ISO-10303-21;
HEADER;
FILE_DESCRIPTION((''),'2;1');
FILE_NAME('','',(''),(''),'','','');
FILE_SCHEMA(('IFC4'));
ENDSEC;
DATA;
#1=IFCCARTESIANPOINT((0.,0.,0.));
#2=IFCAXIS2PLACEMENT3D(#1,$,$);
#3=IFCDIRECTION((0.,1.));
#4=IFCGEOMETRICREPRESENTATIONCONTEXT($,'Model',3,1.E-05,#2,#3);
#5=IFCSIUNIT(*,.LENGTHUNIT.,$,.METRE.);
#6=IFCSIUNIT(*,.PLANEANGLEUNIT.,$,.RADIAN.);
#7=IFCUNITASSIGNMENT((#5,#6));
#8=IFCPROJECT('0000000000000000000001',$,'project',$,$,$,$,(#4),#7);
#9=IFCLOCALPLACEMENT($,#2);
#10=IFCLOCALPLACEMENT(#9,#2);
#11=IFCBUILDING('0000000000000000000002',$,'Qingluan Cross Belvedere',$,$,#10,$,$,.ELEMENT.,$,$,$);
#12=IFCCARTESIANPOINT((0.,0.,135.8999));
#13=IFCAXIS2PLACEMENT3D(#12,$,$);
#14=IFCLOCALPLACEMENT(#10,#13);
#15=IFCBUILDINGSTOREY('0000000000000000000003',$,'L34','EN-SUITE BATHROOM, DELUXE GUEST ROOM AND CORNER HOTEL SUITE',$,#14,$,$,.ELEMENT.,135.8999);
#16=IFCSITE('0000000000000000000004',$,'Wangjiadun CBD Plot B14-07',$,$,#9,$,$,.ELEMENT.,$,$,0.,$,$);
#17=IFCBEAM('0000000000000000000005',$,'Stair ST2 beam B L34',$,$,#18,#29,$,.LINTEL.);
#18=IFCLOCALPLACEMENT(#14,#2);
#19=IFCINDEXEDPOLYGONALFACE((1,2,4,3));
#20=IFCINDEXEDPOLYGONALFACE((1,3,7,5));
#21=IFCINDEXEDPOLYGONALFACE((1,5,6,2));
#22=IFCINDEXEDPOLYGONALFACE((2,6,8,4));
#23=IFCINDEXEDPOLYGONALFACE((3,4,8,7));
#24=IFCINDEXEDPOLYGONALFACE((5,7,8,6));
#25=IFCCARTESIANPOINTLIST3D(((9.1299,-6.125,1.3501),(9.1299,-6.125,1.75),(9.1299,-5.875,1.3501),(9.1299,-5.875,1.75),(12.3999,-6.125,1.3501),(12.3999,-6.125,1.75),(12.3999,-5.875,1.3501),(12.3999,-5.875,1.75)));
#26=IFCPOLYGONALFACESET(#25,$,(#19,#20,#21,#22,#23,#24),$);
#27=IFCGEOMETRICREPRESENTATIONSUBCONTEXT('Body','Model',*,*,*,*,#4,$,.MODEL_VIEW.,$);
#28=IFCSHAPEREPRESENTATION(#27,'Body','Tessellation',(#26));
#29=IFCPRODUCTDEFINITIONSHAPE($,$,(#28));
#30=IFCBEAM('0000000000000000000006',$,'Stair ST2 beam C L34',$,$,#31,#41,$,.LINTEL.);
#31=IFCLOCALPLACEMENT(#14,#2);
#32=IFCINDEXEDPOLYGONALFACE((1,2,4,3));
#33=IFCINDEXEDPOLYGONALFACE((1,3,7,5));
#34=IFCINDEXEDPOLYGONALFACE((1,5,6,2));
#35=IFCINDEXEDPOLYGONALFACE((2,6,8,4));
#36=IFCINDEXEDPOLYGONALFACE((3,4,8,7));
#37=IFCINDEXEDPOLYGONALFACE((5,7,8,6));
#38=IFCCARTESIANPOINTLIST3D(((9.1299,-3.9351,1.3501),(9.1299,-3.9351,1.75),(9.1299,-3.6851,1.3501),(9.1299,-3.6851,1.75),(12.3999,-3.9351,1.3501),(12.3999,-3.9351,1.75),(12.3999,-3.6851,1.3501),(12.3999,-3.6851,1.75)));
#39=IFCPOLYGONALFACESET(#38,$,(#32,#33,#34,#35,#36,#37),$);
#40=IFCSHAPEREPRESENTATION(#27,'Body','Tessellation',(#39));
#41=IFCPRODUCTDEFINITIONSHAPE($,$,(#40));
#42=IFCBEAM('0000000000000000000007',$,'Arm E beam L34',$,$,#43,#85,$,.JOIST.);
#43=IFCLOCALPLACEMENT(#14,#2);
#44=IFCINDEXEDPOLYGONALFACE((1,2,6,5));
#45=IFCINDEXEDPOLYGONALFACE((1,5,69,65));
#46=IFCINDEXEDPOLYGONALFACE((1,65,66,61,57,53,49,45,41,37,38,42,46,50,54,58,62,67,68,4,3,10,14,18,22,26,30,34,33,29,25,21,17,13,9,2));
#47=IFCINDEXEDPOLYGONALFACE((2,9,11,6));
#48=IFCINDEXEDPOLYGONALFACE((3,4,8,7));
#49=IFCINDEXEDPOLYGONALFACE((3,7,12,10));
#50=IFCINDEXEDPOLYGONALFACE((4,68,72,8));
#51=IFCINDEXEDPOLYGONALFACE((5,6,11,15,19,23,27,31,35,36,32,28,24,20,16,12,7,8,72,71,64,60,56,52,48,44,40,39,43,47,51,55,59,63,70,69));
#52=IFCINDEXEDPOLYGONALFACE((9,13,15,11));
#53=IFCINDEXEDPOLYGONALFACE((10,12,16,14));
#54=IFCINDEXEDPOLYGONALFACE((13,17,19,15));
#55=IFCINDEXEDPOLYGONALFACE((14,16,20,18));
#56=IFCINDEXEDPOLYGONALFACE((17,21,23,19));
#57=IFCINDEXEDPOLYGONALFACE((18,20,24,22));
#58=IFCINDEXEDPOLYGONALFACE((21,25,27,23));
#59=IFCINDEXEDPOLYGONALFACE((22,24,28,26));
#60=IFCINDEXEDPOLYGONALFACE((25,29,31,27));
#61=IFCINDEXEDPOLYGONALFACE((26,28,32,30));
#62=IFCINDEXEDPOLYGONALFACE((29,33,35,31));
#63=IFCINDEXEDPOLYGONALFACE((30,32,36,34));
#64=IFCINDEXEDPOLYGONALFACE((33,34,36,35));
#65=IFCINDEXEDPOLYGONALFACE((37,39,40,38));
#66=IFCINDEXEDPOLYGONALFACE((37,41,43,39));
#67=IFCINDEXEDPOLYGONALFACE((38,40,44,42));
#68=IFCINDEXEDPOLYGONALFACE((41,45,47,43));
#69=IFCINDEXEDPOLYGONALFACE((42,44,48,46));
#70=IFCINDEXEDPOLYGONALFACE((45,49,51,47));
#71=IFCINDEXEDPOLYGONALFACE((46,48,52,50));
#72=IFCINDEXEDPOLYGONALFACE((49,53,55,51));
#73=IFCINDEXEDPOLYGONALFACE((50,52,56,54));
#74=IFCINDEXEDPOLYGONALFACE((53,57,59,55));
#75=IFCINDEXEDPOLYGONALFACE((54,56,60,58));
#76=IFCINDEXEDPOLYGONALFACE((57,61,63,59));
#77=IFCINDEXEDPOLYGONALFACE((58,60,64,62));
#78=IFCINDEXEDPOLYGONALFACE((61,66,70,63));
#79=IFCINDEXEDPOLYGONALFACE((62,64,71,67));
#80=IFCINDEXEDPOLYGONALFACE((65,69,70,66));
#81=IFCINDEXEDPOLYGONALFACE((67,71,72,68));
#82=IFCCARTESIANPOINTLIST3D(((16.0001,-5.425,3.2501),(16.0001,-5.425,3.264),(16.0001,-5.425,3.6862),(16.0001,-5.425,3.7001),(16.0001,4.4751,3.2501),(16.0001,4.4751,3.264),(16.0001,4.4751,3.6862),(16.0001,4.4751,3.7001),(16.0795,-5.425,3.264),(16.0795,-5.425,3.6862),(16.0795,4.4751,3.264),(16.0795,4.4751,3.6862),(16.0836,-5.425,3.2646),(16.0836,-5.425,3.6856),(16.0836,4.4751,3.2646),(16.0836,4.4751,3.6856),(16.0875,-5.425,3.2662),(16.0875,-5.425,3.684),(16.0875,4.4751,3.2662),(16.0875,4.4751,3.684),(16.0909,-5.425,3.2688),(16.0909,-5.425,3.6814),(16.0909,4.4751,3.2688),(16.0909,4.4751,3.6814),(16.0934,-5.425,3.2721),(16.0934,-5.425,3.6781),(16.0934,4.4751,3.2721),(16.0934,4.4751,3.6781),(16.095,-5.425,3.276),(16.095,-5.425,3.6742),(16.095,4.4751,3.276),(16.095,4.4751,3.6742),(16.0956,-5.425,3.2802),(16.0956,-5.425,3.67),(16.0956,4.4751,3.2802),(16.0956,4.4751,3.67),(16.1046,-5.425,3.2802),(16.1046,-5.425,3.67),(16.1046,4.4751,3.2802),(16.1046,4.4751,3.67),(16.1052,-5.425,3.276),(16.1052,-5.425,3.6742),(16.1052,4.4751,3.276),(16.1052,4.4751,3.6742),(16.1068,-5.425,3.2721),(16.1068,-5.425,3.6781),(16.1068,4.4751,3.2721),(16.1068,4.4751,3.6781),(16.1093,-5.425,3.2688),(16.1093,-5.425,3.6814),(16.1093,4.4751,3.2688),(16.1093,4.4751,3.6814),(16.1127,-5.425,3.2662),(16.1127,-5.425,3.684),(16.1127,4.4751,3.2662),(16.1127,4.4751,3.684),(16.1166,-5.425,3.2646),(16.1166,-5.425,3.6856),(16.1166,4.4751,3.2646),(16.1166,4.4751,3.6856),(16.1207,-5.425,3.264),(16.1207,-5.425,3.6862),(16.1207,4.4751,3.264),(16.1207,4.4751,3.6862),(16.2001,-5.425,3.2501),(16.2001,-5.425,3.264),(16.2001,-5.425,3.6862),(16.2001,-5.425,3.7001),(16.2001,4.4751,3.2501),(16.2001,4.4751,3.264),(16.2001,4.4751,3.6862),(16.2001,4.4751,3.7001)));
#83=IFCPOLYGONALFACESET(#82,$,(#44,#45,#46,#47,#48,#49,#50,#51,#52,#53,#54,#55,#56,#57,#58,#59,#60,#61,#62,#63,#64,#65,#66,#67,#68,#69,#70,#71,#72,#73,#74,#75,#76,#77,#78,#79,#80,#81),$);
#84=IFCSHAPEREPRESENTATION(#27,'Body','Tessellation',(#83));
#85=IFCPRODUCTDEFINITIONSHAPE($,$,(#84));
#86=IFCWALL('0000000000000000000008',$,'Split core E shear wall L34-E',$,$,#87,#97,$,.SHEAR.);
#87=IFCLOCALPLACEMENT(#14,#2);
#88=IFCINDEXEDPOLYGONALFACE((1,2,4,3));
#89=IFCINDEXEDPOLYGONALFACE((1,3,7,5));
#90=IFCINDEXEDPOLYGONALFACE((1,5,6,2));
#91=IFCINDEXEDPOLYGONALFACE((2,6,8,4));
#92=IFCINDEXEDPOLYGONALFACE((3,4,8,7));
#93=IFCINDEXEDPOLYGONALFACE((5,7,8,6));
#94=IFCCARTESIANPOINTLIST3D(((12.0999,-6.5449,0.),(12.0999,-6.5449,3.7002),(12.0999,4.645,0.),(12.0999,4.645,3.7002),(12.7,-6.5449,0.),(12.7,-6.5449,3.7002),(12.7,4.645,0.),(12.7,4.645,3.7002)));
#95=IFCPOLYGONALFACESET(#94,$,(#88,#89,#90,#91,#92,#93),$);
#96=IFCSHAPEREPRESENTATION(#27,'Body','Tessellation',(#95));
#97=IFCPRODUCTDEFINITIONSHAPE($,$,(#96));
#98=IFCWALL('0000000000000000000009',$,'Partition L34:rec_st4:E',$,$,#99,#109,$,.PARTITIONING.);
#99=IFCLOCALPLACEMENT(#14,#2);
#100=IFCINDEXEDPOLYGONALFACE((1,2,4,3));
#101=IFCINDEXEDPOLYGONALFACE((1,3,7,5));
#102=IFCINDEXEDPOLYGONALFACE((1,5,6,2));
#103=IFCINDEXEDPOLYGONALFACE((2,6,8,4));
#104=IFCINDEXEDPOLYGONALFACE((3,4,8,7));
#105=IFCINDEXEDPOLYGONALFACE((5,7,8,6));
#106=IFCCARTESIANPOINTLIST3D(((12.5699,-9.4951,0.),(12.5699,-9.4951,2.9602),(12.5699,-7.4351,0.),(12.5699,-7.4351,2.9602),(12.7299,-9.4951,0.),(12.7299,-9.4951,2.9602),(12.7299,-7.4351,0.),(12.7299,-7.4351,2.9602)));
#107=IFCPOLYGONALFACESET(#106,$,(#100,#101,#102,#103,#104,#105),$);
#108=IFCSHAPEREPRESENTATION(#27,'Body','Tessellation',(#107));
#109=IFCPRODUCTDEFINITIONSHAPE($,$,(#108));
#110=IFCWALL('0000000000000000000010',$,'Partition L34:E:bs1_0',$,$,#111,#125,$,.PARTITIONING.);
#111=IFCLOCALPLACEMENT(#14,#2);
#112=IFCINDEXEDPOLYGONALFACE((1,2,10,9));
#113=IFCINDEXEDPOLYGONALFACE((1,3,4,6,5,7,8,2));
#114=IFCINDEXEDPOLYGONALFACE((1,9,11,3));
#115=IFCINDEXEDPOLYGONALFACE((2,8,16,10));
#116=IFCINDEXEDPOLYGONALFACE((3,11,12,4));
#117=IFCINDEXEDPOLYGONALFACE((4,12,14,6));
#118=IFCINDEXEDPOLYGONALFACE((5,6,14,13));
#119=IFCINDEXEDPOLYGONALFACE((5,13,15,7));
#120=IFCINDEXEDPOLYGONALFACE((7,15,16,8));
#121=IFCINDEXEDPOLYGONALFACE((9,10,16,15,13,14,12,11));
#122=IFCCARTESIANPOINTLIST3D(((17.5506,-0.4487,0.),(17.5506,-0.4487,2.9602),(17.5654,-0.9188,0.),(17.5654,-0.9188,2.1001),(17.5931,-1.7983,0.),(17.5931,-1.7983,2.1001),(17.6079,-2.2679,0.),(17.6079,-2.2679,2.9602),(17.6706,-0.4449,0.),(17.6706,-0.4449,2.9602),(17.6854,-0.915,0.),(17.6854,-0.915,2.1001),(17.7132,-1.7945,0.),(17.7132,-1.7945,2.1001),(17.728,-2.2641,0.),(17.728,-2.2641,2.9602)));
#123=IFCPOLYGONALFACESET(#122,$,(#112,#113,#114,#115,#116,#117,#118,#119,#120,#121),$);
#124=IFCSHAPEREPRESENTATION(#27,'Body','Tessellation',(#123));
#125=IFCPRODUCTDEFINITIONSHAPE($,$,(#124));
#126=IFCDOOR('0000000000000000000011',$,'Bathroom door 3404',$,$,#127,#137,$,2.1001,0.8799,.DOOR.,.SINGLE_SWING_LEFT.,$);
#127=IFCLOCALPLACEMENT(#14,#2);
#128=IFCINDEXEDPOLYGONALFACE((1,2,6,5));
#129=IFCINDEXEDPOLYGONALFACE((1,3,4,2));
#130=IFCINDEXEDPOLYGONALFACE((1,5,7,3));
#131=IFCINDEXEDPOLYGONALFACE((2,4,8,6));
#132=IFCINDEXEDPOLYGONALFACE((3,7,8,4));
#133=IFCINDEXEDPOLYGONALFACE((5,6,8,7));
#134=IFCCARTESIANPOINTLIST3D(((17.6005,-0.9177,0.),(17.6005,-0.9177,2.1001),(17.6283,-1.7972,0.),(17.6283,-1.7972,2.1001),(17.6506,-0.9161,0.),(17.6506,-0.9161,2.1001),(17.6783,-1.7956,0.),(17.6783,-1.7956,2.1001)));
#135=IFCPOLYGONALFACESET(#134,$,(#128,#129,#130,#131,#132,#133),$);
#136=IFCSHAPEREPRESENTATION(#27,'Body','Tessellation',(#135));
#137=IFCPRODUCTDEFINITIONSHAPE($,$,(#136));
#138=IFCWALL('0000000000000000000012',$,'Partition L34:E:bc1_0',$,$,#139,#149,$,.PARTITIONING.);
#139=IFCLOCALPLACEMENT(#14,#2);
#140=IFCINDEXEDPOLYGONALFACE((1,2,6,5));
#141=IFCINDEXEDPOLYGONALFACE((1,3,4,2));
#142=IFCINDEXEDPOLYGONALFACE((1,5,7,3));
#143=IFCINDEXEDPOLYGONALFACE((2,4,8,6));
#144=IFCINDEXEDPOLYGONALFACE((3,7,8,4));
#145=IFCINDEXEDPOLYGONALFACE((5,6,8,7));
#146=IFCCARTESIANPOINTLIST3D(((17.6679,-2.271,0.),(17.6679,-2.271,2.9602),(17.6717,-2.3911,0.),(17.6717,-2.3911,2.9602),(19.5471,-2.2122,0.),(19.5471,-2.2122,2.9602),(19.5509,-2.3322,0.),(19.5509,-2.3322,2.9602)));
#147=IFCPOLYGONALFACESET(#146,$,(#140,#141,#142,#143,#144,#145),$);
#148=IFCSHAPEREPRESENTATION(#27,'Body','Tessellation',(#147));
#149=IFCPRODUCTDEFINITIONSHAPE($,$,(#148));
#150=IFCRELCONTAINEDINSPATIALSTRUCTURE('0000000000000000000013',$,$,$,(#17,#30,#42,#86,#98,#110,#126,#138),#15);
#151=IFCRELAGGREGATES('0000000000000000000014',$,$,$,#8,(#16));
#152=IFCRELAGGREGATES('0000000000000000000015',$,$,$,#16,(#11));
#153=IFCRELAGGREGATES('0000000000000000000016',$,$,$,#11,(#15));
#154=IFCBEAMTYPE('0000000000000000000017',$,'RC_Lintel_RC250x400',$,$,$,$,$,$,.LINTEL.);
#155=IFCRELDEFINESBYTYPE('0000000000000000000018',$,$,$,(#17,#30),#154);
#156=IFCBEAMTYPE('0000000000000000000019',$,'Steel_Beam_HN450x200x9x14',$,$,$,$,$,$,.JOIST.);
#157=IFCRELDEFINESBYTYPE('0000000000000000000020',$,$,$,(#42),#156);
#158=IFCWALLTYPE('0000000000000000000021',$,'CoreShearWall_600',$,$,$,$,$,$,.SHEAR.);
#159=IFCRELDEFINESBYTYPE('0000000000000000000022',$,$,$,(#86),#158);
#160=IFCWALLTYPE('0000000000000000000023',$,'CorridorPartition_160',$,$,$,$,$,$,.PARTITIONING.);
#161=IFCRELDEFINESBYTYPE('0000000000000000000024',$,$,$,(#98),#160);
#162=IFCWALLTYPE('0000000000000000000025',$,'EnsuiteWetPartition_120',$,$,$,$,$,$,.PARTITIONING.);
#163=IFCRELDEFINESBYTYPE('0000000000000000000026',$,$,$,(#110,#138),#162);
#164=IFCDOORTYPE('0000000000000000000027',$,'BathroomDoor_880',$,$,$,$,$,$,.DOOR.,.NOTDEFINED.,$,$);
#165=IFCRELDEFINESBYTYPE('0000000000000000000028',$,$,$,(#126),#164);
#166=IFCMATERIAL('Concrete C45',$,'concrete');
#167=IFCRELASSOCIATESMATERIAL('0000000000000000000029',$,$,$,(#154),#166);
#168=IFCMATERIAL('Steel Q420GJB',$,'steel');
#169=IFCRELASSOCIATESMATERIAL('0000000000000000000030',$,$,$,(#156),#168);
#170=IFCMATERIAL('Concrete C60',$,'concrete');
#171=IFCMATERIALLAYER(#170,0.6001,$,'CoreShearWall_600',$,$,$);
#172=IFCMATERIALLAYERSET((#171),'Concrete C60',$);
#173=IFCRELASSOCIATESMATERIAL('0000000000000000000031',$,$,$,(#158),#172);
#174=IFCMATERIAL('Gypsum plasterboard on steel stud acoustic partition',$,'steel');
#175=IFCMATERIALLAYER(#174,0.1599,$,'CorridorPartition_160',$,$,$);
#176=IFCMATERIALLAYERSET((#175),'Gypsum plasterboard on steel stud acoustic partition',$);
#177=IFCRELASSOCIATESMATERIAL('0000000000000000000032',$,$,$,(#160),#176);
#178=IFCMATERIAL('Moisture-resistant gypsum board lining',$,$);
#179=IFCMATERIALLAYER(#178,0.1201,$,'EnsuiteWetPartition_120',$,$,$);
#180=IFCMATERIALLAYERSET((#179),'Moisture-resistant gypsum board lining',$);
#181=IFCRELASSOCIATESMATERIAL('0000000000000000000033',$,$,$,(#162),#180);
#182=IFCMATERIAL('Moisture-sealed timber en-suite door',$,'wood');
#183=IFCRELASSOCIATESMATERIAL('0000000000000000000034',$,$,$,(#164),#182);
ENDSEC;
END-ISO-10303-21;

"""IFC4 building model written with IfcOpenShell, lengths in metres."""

from ifc_helpers import new_model, si_unit, direction, frame, frame_2d, origin, origin_2d, place, context, subcontext, project, spatial, rectangle, i_section, extrude, material, layer, layer_set, material_profile, profile_set, type_object, element, fill, save


model = new_model("IFC4")

# Units and contexts
model_context = context("Model", 3, precision=1e-05, world=origin(), true_north=direction((0.0, 1.0)))
body_context = subcontext(model_context, "Body", "Model", "MODEL_VIEW")
ifc_project = project(units=[si_unit("LENGTHUNIT", "METRE"), si_unit("PLANEANGLEUNIT", "RADIAN")], contexts=[model_context])

# Site, building, storey
site_placement = place(None, origin())
site = spatial("IfcSite", under=ifc_project, at=site_placement, Name="Wangjiadun CBD Plot B14-07", CompositionType="ELEMENT", RefElevation=0.0)
building_placement = place(site_placement, origin())
building = spatial("IfcBuilding", under=site, at=building_placement, Name="Qingluan Cross Belvedere", CompositionType="ELEMENT")
storey_placement = place(building_placement, frame((0.0, 0.0, 135.8999)))
storey = spatial("IfcBuildingStorey", under=building, at=storey_placement, Name="L34", Description="EN-SUITE BATHROOM, DELUXE GUEST ROOM AND CORNER HOTEL SUITE", CompositionType="ELEMENT", Elevation=135.8999)

# Beams
ifc_material_1 = material(Name="Concrete C45", Category="concrete")
ifc_material_profile_1 = material_profile(ifc_material_1, rectangle(XDim=0.25, YDim=0.3999, at=origin_2d()), Name="RC250x400")
ifc_profile_set_1 = profile_set([ifc_material_profile_1], Name="Concrete C45")
beam_type_1 = type_object("IfcBeamType", Name="RC_Lintel_RC250x400", PredefinedType="LINTEL", material=ifc_profile_set_1)
for number, where, z_axis, x_axis, name in (
    (1, (12.3999, -6.0, 1.55), (-1.0, 0.0, 0.0), (0.0, -1.0, 0.0), "Stair ST2 beam B L34"),
    (2, (12.3999, -3.8101, 1.55), (-1.0, 0.0, 0.0), (0.0, -1.0, 0.0), "Stair ST2 beam C L34"),
):
    element("IfcBeam", number, at=place(storey_placement, frame(where, z_axis=z_axis, x_axis=x_axis)), inside=storey, type_object=beam_type_1, Name=name, PredefinedType="LINTEL", context=body_context, shape_type="SweptSolid", body=[
        extrude(rectangle(XDim=0.25, YDim=0.3999, at=origin_2d()), origin(), (0.0, 0.0, 1.0), 3.27),
    ])
ifc_material_2 = material(Name="Steel Q420GJB", Category="steel")
ifc_material_profile_2 = material_profile(ifc_material_2, i_section(OverallWidth=0.2, OverallDepth=0.45, WebThickness=0.009, FlangeThickness=0.0139, FilletRadius=0.0161, at=origin_2d()), Name="HN450x200x9x14")
ifc_profile_set_2 = profile_set([ifc_material_profile_2], Name="Steel Q420GJB")
beam_type_2 = type_object("IfcBeamType", Name="Steel_Beam_HN450x200x9x14", PredefinedType="JOIST", material=ifc_profile_set_2)
beam_placement = place(storey_placement, frame((16.1001, -5.425, 3.4751), z_axis=(0.0, 1.0, 0.0), x_axis=(-1.0, 0.0, 0.0)))
element("IfcBeam", 3, at=beam_placement, inside=storey, type_object=beam_type_2, Name="Arm E beam L34", PredefinedType="JOIST", context=body_context, shape_type="SweptSolid", body=[
    extrude(i_section(OverallWidth=0.2, OverallDepth=0.45, WebThickness=0.009, FlangeThickness=0.0139, FilletRadius=0.0161, at=origin_2d()), origin(), (0.0, 0.0, 1.0), 9.9001),
])

# Walls
ifc_material_3 = material(Name="Concrete C60", Category="concrete")
ifc_layer_1 = layer(ifc_material_3, 0.6001, Name="CoreShearWall_600")
ifc_layer_set_1 = layer_set([ifc_layer_1], Name="Concrete C60")
wall_type_1 = type_object("IfcWallType", Name="CoreShearWall_600", PredefinedType="SHEAR", material=ifc_layer_set_1)
wall_1_placement = place(storey_placement, frame((12.3999, -6.5449, 0.0), z_axis=(0.0, 0.0, 1.0), x_axis=(0.0, 1.0, 0.0)))
element("IfcWall", 4, at=wall_1_placement, inside=storey, type_object=wall_type_1, Name="Split core E shear wall L34-E", PredefinedType="SHEAR", context=body_context, shape_type="SweptSolid", body=[
    extrude(rectangle(XDim=11.1899, YDim=0.6001, at=frame_2d((5.595, 0.0))), origin(), (0.0, 0.0, 1.0), 3.7002),
])
ifc_material_4 = material(Name="Gypsum plasterboard on steel stud acoustic partition", Category="steel")
ifc_layer_2 = layer(ifc_material_4, 0.1599, Name="CorridorPartition_160")
ifc_layer_set_2 = layer_set([ifc_layer_2], Name="Gypsum plasterboard on steel stud acoustic partition")
wall_type_2 = type_object("IfcWallType", Name="CorridorPartition_160", PredefinedType="PARTITIONING", material=ifc_layer_set_2)
wall_2_placement = place(storey_placement, frame((12.6499, -9.4951, 0.0), z_axis=(0.0, 0.0, 1.0), x_axis=(0.0, 1.0, 0.0)))
element("IfcWall", 5, at=wall_2_placement, inside=storey, type_object=wall_type_2, Name="Partition L34:rec_st4:E", PredefinedType="PARTITIONING", context=body_context, shape_type="SweptSolid", body=[
    extrude(rectangle(XDim=2.0601, YDim=0.1599, at=frame_2d((1.03, 0.0))), origin(), (0.0, 0.0, 1.0), 2.9602),
])

# Wall, opening, door
ifc_material_5 = material(Name="Moisture-resistant gypsum board lining")
ifc_layer_3 = layer(ifc_material_5, 0.1201, Name="EnsuiteWetPartition_120")
ifc_layer_set_3 = layer_set([ifc_layer_3], Name="Moisture-resistant gypsum board lining")
wall_type_3 = type_object("IfcWallType", Name="EnsuiteWetPartition_120", PredefinedType="PARTITIONING", material=ifc_layer_set_3)
wall_3_placement = place(storey_placement, frame((17.668, -2.2661, 0.0), z_axis=(0.0, 0.0, 1.0), x_axis=(-0.031524, 0.999503, 0.0)))
wall_3 = element("IfcWall", 6, at=wall_3_placement, inside=storey, type_object=wall_type_3, Name="Partition L34:E:bs1_0", PredefinedType="PARTITIONING", context=body_context, shape_type="SweptSolid", body=[
    extrude(rectangle(XDim=1.8201, YDim=0.1201, at=frame_2d((0.9102, 0.0))), origin(), (0.0, 0.0, 1.0), 2.9602),
])
opening_1_placement = place(wall_3_placement, frame((0.47, 0.0, 0.0)))
opening_1 = element("IfcOpeningElement", 7, at=opening_1_placement, cuts=wall_3, PredefinedType="OPENING", context=body_context, shape_type="SweptSolid", body=[
    extrude(rectangle(XDim=0.8799, YDim=2.1001, at=frame_2d((0.4399, 1.05))), frame((0.0, 0.0701, 0.0), z_axis=(0.0, -1.0, 0.0), x_axis=(1.0, 0.0, 0.0)), (0.0, 0.0, 1.0), 0.1401),
])
ifc_material_6 = material(Name="Moisture-sealed timber en-suite door", Category="wood")
door_type_1 = type_object("IfcDoorType", Name="BathroomDoor_880", OperationType="NOTDEFINED", PredefinedType="DOOR", material=ifc_material_6)
door_1_placement = place(opening_1_placement, origin())
door_1 = element("IfcDoor", 8, at=door_1_placement, inside=storey, type_object=door_type_1, Name="Bathroom door 3404", OperationType="SINGLE_SWING_LEFT", OverallHeight=2.1001, OverallWidth=0.8799, PredefinedType="DOOR", context=body_context, shape_type="SweptSolid", body=[
    extrude(rectangle(XDim=0.8799, YDim=2.1001, at=frame_2d((0.4399, 1.05))), frame((0.0, 0.0249, 0.0), z_axis=(0.0, -1.0, 0.0), x_axis=(1.0, 0.0, 0.0)), (0.0, 0.0, 1.0), 0.05),
])
fill(opening_1, door_1)

# Wall
wall_4_placement = place(storey_placement, frame((17.6699, -2.3311, 0.0), z_axis=(0.0, 0.0, 1.0), x_axis=(0.99951, 0.031296, 0.0)))
element("IfcWall", 9, at=wall_4_placement, inside=storey, type_object=wall_type_3, Name="Partition L34:E:bc1_0", PredefinedType="PARTITIONING", context=body_context, shape_type="SweptSolid", body=[
    extrude(rectangle(XDim=1.8801, YDim=0.1201, at=frame_2d((0.9399, 0.0))), origin(), (0.0, 0.0, 1.0), 2.9602),
])

save(model, "model.ifc")
